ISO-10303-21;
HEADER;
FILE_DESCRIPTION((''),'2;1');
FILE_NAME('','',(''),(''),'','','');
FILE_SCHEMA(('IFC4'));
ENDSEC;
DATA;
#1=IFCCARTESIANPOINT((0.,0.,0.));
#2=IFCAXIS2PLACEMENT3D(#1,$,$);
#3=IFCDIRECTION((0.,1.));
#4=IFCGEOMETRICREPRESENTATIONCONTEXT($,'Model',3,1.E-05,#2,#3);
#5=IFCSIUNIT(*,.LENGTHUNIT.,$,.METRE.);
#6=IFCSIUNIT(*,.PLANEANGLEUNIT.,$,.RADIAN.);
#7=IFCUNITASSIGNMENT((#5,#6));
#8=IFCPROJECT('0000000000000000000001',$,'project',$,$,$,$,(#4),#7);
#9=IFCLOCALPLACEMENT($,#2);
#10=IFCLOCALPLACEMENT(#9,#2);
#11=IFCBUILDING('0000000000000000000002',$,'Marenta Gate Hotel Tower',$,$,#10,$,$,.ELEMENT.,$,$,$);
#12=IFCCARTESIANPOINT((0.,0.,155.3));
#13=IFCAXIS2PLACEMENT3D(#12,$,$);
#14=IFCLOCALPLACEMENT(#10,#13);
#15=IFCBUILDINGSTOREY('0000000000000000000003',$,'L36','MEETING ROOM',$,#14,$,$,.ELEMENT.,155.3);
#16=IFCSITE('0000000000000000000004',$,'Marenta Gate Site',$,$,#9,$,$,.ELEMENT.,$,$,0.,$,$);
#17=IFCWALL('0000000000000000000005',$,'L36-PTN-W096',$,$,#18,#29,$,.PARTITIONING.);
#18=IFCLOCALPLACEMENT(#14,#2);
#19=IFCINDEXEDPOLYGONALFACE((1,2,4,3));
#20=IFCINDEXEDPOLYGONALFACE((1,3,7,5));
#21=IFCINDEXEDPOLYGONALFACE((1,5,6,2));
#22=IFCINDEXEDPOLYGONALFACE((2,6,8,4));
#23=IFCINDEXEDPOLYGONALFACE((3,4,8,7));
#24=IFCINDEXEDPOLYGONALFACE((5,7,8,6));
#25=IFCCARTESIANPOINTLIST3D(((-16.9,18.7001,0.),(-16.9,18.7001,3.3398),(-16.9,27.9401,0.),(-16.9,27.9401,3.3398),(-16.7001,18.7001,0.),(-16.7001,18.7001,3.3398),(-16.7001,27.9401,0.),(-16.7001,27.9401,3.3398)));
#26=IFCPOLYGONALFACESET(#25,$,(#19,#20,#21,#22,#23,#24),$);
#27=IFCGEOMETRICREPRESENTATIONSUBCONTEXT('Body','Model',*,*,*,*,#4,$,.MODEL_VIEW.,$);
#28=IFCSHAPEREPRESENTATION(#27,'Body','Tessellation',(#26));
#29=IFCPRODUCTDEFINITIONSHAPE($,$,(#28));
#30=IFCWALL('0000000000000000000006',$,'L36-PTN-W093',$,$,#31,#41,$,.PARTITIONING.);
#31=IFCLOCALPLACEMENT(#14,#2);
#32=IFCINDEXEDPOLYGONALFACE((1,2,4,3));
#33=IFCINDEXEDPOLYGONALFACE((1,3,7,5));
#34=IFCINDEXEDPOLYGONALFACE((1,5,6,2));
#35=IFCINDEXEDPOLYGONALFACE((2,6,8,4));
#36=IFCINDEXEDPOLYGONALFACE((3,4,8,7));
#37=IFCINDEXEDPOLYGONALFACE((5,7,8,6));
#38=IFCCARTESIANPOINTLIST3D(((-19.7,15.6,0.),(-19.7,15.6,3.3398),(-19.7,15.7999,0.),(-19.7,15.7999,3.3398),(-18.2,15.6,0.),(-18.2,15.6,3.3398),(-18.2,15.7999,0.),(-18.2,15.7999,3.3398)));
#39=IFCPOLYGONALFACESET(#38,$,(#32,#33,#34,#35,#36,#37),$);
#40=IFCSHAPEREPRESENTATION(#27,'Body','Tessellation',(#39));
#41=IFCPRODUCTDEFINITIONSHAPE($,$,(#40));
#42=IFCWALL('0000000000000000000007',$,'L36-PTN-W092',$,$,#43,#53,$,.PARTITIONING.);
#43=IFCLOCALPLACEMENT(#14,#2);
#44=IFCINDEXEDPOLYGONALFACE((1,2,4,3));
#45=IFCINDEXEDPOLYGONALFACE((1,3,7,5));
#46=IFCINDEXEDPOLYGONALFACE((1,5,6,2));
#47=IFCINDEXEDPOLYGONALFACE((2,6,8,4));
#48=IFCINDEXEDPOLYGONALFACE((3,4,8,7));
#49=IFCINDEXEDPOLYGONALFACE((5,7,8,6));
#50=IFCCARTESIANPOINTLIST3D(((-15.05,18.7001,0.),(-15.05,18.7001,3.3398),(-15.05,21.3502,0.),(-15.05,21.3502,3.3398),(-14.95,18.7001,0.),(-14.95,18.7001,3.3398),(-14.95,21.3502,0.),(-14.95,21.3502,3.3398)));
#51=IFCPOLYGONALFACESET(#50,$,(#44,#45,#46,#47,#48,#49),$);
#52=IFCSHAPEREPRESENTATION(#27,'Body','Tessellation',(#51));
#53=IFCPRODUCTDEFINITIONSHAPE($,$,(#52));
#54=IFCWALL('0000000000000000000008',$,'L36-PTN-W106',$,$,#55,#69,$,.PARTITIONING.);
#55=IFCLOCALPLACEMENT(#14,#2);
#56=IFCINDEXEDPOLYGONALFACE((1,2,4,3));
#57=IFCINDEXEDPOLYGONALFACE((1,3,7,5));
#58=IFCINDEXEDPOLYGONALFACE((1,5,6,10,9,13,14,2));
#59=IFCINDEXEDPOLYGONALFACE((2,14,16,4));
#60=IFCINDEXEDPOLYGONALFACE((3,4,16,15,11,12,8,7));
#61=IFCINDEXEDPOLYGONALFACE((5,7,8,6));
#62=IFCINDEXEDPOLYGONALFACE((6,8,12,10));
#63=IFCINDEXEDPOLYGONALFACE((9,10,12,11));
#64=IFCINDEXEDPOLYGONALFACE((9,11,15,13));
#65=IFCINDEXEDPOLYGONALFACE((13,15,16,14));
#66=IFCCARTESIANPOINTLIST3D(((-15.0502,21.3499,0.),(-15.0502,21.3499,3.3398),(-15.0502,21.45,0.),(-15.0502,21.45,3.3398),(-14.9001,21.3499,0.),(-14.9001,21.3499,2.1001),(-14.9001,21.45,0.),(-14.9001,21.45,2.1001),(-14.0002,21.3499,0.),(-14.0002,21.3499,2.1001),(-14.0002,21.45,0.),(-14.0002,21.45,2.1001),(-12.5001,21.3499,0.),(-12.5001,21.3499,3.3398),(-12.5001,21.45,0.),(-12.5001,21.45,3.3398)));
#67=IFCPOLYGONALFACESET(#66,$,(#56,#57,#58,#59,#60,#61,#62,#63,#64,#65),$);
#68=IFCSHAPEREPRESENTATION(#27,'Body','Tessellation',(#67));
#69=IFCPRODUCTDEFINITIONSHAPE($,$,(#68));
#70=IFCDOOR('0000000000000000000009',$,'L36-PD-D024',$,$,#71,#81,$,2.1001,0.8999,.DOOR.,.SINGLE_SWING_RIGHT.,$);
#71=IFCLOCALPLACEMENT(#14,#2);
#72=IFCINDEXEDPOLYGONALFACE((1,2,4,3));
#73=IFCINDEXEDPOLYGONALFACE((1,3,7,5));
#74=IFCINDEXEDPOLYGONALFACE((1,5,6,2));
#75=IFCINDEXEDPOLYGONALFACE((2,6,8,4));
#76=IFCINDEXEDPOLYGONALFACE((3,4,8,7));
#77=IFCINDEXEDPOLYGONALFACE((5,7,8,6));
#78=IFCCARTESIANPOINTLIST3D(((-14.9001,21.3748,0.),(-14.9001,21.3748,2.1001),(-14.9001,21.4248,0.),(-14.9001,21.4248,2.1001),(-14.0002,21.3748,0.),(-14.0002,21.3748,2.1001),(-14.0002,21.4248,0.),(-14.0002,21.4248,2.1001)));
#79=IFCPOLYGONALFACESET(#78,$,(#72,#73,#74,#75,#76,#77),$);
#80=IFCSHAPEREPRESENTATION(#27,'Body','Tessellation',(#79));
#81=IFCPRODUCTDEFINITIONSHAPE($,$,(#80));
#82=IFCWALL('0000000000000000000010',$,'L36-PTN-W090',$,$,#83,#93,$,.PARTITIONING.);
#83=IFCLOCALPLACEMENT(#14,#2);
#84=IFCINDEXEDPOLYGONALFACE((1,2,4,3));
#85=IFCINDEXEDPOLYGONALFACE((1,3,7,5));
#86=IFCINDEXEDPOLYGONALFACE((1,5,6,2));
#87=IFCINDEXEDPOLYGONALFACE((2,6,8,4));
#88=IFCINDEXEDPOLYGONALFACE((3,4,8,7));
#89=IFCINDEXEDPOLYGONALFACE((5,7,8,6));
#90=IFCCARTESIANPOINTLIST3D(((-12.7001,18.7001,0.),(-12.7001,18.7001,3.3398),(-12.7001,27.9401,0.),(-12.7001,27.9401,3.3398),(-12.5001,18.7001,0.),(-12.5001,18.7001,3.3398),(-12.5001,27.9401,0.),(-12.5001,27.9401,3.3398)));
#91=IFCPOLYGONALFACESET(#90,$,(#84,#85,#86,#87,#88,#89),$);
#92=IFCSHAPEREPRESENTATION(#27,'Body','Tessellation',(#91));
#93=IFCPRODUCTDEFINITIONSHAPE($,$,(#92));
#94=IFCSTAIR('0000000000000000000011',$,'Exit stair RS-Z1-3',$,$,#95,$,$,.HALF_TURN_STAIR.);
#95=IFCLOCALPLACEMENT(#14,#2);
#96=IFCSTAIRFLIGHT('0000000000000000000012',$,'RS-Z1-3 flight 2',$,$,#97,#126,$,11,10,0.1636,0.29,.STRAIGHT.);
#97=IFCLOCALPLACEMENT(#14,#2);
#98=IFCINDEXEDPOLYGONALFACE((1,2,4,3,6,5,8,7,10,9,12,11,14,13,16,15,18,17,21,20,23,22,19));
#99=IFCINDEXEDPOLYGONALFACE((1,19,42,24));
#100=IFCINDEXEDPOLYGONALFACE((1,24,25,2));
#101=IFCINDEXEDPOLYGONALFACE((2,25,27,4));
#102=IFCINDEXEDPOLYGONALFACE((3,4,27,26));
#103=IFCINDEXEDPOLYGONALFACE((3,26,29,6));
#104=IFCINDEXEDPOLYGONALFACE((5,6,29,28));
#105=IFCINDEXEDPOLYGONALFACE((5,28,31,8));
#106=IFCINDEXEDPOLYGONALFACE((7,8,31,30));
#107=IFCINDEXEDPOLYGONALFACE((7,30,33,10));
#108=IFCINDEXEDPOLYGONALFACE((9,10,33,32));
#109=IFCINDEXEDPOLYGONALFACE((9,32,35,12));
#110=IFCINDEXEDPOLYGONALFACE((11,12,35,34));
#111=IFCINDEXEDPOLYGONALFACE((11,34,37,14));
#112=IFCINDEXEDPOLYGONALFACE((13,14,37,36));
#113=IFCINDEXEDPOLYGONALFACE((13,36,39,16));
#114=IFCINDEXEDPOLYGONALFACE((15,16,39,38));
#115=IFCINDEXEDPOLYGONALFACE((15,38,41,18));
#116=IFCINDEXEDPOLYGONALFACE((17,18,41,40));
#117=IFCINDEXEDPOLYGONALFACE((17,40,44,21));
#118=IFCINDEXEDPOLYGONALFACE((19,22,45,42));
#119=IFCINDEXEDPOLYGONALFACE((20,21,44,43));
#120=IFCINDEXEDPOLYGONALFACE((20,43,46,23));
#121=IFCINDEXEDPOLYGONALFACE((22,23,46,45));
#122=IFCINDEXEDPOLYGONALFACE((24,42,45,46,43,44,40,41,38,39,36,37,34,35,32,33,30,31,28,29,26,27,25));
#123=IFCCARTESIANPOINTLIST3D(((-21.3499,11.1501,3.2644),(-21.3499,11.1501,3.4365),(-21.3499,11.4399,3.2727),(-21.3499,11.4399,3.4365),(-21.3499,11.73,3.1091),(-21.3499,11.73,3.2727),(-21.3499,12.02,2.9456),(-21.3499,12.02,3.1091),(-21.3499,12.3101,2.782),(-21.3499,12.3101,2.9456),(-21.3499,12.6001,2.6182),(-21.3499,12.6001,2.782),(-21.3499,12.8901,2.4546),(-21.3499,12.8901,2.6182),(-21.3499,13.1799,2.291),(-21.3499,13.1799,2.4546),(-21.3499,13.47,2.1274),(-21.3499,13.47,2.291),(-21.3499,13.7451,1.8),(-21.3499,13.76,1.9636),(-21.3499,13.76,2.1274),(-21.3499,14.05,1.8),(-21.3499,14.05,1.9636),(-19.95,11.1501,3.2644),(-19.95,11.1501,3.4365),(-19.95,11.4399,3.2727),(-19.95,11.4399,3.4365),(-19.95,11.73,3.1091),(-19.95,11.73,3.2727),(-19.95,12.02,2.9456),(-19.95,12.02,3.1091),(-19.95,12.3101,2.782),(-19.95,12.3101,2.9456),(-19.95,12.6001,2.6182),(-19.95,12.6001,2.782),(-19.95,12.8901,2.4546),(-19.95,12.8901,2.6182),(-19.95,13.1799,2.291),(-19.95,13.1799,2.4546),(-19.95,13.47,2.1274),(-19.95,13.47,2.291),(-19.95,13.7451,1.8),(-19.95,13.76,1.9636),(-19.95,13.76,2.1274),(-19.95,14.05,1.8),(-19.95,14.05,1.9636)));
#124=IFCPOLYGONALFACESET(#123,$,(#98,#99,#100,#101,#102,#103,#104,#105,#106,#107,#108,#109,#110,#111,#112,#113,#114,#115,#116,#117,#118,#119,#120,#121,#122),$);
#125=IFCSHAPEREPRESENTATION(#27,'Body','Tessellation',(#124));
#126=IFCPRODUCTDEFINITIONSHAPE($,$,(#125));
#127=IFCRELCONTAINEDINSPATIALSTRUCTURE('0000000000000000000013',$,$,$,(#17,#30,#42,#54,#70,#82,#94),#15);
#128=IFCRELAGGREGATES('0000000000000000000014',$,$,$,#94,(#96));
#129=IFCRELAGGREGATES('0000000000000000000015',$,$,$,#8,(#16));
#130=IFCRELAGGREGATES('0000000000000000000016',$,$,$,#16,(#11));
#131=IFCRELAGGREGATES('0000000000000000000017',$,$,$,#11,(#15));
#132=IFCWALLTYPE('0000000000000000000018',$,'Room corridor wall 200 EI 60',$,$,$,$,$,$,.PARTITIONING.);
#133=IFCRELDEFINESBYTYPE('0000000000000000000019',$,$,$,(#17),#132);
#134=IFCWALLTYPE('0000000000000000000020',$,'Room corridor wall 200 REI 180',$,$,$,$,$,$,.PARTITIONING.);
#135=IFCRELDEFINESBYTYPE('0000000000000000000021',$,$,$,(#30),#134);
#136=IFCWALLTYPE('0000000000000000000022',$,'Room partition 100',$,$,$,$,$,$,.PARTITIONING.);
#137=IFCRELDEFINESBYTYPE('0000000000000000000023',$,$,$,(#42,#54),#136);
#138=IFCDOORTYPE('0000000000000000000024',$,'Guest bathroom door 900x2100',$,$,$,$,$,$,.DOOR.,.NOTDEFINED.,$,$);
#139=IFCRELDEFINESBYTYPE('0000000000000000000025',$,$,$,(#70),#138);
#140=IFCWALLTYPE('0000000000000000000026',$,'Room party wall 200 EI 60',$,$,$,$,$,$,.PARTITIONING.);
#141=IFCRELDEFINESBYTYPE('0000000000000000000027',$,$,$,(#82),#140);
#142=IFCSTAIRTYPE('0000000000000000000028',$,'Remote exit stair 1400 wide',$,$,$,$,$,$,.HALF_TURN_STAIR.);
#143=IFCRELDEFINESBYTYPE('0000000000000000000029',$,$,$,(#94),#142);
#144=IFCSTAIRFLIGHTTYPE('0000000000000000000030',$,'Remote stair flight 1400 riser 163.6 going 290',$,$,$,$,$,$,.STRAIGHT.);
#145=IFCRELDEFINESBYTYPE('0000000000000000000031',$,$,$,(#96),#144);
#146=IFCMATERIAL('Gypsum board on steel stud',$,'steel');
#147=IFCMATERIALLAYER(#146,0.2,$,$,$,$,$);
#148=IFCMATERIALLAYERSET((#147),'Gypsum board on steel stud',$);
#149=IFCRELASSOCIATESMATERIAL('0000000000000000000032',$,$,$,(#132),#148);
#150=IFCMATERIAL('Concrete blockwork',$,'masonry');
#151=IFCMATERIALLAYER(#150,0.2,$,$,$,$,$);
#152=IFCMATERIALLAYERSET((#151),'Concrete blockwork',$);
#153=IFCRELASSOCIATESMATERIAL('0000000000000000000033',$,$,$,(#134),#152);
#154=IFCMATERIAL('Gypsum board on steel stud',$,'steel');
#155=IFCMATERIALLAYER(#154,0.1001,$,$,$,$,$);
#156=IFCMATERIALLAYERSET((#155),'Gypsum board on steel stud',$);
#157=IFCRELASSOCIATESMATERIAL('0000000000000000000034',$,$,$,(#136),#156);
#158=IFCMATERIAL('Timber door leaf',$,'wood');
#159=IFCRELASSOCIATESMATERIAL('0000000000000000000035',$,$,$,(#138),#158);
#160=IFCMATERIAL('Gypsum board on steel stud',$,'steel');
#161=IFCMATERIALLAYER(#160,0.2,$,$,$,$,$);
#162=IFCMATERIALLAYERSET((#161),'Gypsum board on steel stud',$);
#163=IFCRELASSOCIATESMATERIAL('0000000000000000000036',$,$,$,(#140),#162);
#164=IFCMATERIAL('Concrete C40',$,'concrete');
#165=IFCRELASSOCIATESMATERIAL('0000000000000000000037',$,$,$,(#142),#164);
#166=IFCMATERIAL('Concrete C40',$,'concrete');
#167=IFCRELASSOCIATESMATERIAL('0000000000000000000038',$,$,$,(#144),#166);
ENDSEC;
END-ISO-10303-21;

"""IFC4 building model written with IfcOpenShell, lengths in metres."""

from ifc_helpers import new_model, si_unit, direction, frame, frame_2d, origin, place, context, subcontext, project, spatial, polyline, rectangle, outline, extrude, material, layer, layer_set, type_object, element, fill, aggregate, save


model = new_model("IFC4")

# Units and contexts
model_context = context("Model", 3, precision=1e-05, world=origin(), true_north=direction((0.0, 1.0)))
body_context = subcontext(model_context, "Body", "Model", "MODEL_VIEW")
ifc_project = project(units=[si_unit("LENGTHUNIT", "METRE"), si_unit("PLANEANGLEUNIT", "RADIAN")], contexts=[model_context])

# Site, building, storey
site_placement = place(None, origin())
site = spatial("IfcSite", under=ifc_project, at=site_placement, Name="Marenta Gate Site", CompositionType="ELEMENT", RefElevation=0.0)
building_placement = place(site_placement, origin())
building = spatial("IfcBuilding", under=site, at=building_placement, Name="Marenta Gate Hotel Tower", CompositionType="ELEMENT")
storey_placement = place(building_placement, frame((0.0, 0.0, 155.3)))
storey = spatial("IfcBuildingStorey", under=building, at=storey_placement, Name="L36", Description="MEETING ROOM", CompositionType="ELEMENT", Elevation=155.3)

# Wall
ifc_material_1 = material(Name="Gypsum board on steel stud", Category="steel")
ifc_layer_1 = layer(ifc_material_1, 0.2)
ifc_layer_set_1 = layer_set([ifc_layer_1], Name="Gypsum board on steel stud")
wall_type_1 = type_object("IfcWallType", Name="Room corridor wall 200 EI 60", PredefinedType="PARTITIONING", material=ifc_layer_set_1)
wall_1_placement = place(storey_placement, frame((-16.8, 18.7, 0.0), z_axis=(0.0, 0.0, 1.0), x_axis=(0.0, 1.0, 0.0)))
element("IfcWall", 1, at=wall_1_placement, inside=storey, type_object=wall_type_1, Name="L36-PTN-W096", PredefinedType="PARTITIONING", context=body_context, shape_type="SweptSolid", body=[
    extrude(rectangle(XDim=9.24, YDim=0.2, at=frame_2d((4.6201, 0.0))), origin(), (0.0, 0.0, 1.0), 3.3398),
])

# Walls
ifc_material_2 = material(Name="Concrete blockwork", Category="masonry")
ifc_layer_2 = layer(ifc_material_2, 0.2)
ifc_layer_set_2 = layer_set([ifc_layer_2], Name="Concrete blockwork")
wall_type_2 = type_object("IfcWallType", Name="Room corridor wall 200 REI 180", PredefinedType="PARTITIONING", material=ifc_layer_set_2)
wall_2_placement = place(storey_placement, frame((-19.7, 15.7, 0.0), z_axis=(0.0, 0.0, 1.0), x_axis=(1.0, 0.0, 0.0)))
element("IfcWall", 2, at=wall_2_placement, inside=storey, type_object=wall_type_2, Name="L36-PTN-W093", PredefinedType="PARTITIONING", context=body_context, shape_type="SweptSolid", body=[
    extrude(rectangle(XDim=1.5, YDim=0.2, at=frame_2d((0.75, 0.0))), origin(), (0.0, 0.0, 1.0), 3.3398),
])
ifc_material_3 = material(Name="Gypsum board on steel stud", Category="steel")
ifc_layer_3 = layer(ifc_material_3, 0.1001)
ifc_layer_set_3 = layer_set([ifc_layer_3], Name="Gypsum board on steel stud")
wall_type_3 = type_object("IfcWallType", Name="Room partition 100", PredefinedType="PARTITIONING", material=ifc_layer_set_3)
wall_3_placement = place(storey_placement, frame((-15.0, 18.7, 0.0), z_axis=(0.0, 0.0, 1.0), x_axis=(0.0, 1.0, 0.0)))
element("IfcWall", 3, at=wall_3_placement, inside=storey, type_object=wall_type_3, Name="L36-PTN-W092", PredefinedType="PARTITIONING", context=body_context, shape_type="SweptSolid", body=[
    extrude(rectangle(XDim=2.6501, YDim=0.1001, at=frame_2d((1.3252, 0.0))), origin(), (0.0, 0.0, 1.0), 3.3398),
])

# Wall, opening, door
wall_4_placement = place(storey_placement, frame((-15.05, 21.3999, 0.0), z_axis=(0.0, 0.0, 1.0), x_axis=(1.0, 0.0, 0.0)))
wall_4 = element("IfcWall", 4, at=wall_4_placement, inside=storey, type_object=wall_type_3, Name="L36-PTN-W106", PredefinedType="PARTITIONING", context=body_context, shape_type="SweptSolid", body=[
    extrude(rectangle(XDim=2.55, YDim=0.1001, at=frame_2d((1.2749, 0.0))), origin(), (0.0, 0.0, 1.0), 3.3398),
])
opening_1_placement = place(wall_4_placement, frame((0.1499, 0.0, 0.0)))
opening_1 = element("IfcOpeningElement", 5, at=opening_1_placement, cuts=wall_4, PredefinedType="OPENING", context=body_context, shape_type="SweptSolid", body=[
    extrude(rectangle(XDim=0.8999, YDim=2.1001, at=frame_2d((0.45, 1.05))), frame((0.0, 0.05, 0.0), z_axis=(0.0, -1.0, 0.0), x_axis=(1.0, 0.0, 0.0)), (0.0, 0.0, 1.0), 0.1001),
])
ifc_material_4 = material(Name="Timber door leaf", Category="wood")
door_type_1 = type_object("IfcDoorType", Name="Guest bathroom door 900x2100", OperationType="NOTDEFINED", PredefinedType="DOOR", material=ifc_material_4)
door_1_placement = place(opening_1_placement, origin())
door_1 = element("IfcDoor", 6, at=door_1_placement, inside=storey, type_object=door_type_1, Name="L36-PD-D024", OperationType="SINGLE_SWING_RIGHT", OverallHeight=2.1001, OverallWidth=0.8999, PredefinedType="DOOR", context=body_context, shape_type="SweptSolid", body=[
    extrude(rectangle(XDim=0.8999, YDim=2.1001, at=frame_2d((0.45, 1.05))), frame((0.0, 0.0249, 0.0), z_axis=(0.0, -1.0, 0.0), x_axis=(1.0, 0.0, 0.0)), (0.0, 0.0, 1.0), 0.05),
])
fill(opening_1, door_1)

# Wall
ifc_material_5 = material(Name="Gypsum board on steel stud", Category="steel")
ifc_layer_4 = layer(ifc_material_5, 0.2)
ifc_layer_set_4 = layer_set([ifc_layer_4], Name="Gypsum board on steel stud")
wall_type_4 = type_object("IfcWallType", Name="Room party wall 200 EI 60", PredefinedType="PARTITIONING", material=ifc_layer_set_4)
wall_5_placement = place(storey_placement, frame((-12.6001, 18.7, 0.0), z_axis=(0.0, 0.0, 1.0), x_axis=(0.0, 1.0, 0.0)))
element("IfcWall", 7, at=wall_5_placement, inside=storey, type_object=wall_type_4, Name="L36-PTN-W090", PredefinedType="PARTITIONING", context=body_context, shape_type="SweptSolid", body=[
    extrude(rectangle(XDim=9.24, YDim=0.2, at=frame_2d((4.6201, 0.0))), origin(), (0.0, 0.0, 1.0), 3.3398),
])

# Stair, stair flight
ifc_material_6 = material(Name="Concrete C40", Category="concrete")
stair_type = type_object("IfcStairType", Name="Remote exit stair 1400 wide", PredefinedType="HALF_TURN_STAIR", material=ifc_material_6)
stair_placement = place(storey_placement, origin())
stair = element("IfcStair", 8, at=stair_placement, inside=storey, type_object=stair_type, Name="Exit stair RS-Z1-3", PredefinedType="HALF_TURN_STAIR")
ifc_material_7 = material(Name="Concrete C40", Category="concrete")
stair_flight_type = type_object("IfcStairFlightType", Name="Remote stair flight 1400 riser 163.6 going 290", PredefinedType="STRAIGHT", material=ifc_material_7)
stair_flight_placement = place(storey_placement, frame((-20.6499, 14.05, 1.8), z_axis=(0.0, 0.0, 1.0), x_axis=(0.0, -1.0, 0.0)))
stair_flight = element("IfcStairFlight", 9, at=stair_flight_placement, type_object=stair_flight_type, Name="RS-Z1-3 flight 2", NumberOfRisers=11, NumberOfTreads=10, PredefinedType="STRAIGHT", RiserHeight=0.1636, TreadLength=0.29, context=body_context, shape_type="SweptSolid", body=[
    extrude(outline(polyline([(0.0, 0.0), (0.0, 0.1636), (0.29, 0.1636), (0.29, 0.3274), (0.5801, 0.3274), (0.5801, 0.491), (0.8701, 0.491), (0.8701, 0.6545), (1.1599, 0.6545), (1.1599, 0.8181), (1.45, 0.8181), (1.45, 0.9819), (1.74, 0.9819), (1.74, 1.1455), (2.03, 1.1455), (2.03, 1.3091), (2.3201, 1.3091), (2.3201, 1.4727), (2.6101, 1.4727), (2.6101, 1.6365), (2.8999, 1.6365), (2.8999, 1.8), (2.8999, 1.4644), (0.3049, 0.0), (0.0, 0.0)])), frame((0.0, 0.7, 0.0), z_axis=(0.0, -1.0, 0.0), x_axis=(1.0, 0.0, 0.0)), (0.0, 0.0, 1.0), 1.3999),
])
aggregate(stair, [stair_flight])

save(model, "model.ifc")
